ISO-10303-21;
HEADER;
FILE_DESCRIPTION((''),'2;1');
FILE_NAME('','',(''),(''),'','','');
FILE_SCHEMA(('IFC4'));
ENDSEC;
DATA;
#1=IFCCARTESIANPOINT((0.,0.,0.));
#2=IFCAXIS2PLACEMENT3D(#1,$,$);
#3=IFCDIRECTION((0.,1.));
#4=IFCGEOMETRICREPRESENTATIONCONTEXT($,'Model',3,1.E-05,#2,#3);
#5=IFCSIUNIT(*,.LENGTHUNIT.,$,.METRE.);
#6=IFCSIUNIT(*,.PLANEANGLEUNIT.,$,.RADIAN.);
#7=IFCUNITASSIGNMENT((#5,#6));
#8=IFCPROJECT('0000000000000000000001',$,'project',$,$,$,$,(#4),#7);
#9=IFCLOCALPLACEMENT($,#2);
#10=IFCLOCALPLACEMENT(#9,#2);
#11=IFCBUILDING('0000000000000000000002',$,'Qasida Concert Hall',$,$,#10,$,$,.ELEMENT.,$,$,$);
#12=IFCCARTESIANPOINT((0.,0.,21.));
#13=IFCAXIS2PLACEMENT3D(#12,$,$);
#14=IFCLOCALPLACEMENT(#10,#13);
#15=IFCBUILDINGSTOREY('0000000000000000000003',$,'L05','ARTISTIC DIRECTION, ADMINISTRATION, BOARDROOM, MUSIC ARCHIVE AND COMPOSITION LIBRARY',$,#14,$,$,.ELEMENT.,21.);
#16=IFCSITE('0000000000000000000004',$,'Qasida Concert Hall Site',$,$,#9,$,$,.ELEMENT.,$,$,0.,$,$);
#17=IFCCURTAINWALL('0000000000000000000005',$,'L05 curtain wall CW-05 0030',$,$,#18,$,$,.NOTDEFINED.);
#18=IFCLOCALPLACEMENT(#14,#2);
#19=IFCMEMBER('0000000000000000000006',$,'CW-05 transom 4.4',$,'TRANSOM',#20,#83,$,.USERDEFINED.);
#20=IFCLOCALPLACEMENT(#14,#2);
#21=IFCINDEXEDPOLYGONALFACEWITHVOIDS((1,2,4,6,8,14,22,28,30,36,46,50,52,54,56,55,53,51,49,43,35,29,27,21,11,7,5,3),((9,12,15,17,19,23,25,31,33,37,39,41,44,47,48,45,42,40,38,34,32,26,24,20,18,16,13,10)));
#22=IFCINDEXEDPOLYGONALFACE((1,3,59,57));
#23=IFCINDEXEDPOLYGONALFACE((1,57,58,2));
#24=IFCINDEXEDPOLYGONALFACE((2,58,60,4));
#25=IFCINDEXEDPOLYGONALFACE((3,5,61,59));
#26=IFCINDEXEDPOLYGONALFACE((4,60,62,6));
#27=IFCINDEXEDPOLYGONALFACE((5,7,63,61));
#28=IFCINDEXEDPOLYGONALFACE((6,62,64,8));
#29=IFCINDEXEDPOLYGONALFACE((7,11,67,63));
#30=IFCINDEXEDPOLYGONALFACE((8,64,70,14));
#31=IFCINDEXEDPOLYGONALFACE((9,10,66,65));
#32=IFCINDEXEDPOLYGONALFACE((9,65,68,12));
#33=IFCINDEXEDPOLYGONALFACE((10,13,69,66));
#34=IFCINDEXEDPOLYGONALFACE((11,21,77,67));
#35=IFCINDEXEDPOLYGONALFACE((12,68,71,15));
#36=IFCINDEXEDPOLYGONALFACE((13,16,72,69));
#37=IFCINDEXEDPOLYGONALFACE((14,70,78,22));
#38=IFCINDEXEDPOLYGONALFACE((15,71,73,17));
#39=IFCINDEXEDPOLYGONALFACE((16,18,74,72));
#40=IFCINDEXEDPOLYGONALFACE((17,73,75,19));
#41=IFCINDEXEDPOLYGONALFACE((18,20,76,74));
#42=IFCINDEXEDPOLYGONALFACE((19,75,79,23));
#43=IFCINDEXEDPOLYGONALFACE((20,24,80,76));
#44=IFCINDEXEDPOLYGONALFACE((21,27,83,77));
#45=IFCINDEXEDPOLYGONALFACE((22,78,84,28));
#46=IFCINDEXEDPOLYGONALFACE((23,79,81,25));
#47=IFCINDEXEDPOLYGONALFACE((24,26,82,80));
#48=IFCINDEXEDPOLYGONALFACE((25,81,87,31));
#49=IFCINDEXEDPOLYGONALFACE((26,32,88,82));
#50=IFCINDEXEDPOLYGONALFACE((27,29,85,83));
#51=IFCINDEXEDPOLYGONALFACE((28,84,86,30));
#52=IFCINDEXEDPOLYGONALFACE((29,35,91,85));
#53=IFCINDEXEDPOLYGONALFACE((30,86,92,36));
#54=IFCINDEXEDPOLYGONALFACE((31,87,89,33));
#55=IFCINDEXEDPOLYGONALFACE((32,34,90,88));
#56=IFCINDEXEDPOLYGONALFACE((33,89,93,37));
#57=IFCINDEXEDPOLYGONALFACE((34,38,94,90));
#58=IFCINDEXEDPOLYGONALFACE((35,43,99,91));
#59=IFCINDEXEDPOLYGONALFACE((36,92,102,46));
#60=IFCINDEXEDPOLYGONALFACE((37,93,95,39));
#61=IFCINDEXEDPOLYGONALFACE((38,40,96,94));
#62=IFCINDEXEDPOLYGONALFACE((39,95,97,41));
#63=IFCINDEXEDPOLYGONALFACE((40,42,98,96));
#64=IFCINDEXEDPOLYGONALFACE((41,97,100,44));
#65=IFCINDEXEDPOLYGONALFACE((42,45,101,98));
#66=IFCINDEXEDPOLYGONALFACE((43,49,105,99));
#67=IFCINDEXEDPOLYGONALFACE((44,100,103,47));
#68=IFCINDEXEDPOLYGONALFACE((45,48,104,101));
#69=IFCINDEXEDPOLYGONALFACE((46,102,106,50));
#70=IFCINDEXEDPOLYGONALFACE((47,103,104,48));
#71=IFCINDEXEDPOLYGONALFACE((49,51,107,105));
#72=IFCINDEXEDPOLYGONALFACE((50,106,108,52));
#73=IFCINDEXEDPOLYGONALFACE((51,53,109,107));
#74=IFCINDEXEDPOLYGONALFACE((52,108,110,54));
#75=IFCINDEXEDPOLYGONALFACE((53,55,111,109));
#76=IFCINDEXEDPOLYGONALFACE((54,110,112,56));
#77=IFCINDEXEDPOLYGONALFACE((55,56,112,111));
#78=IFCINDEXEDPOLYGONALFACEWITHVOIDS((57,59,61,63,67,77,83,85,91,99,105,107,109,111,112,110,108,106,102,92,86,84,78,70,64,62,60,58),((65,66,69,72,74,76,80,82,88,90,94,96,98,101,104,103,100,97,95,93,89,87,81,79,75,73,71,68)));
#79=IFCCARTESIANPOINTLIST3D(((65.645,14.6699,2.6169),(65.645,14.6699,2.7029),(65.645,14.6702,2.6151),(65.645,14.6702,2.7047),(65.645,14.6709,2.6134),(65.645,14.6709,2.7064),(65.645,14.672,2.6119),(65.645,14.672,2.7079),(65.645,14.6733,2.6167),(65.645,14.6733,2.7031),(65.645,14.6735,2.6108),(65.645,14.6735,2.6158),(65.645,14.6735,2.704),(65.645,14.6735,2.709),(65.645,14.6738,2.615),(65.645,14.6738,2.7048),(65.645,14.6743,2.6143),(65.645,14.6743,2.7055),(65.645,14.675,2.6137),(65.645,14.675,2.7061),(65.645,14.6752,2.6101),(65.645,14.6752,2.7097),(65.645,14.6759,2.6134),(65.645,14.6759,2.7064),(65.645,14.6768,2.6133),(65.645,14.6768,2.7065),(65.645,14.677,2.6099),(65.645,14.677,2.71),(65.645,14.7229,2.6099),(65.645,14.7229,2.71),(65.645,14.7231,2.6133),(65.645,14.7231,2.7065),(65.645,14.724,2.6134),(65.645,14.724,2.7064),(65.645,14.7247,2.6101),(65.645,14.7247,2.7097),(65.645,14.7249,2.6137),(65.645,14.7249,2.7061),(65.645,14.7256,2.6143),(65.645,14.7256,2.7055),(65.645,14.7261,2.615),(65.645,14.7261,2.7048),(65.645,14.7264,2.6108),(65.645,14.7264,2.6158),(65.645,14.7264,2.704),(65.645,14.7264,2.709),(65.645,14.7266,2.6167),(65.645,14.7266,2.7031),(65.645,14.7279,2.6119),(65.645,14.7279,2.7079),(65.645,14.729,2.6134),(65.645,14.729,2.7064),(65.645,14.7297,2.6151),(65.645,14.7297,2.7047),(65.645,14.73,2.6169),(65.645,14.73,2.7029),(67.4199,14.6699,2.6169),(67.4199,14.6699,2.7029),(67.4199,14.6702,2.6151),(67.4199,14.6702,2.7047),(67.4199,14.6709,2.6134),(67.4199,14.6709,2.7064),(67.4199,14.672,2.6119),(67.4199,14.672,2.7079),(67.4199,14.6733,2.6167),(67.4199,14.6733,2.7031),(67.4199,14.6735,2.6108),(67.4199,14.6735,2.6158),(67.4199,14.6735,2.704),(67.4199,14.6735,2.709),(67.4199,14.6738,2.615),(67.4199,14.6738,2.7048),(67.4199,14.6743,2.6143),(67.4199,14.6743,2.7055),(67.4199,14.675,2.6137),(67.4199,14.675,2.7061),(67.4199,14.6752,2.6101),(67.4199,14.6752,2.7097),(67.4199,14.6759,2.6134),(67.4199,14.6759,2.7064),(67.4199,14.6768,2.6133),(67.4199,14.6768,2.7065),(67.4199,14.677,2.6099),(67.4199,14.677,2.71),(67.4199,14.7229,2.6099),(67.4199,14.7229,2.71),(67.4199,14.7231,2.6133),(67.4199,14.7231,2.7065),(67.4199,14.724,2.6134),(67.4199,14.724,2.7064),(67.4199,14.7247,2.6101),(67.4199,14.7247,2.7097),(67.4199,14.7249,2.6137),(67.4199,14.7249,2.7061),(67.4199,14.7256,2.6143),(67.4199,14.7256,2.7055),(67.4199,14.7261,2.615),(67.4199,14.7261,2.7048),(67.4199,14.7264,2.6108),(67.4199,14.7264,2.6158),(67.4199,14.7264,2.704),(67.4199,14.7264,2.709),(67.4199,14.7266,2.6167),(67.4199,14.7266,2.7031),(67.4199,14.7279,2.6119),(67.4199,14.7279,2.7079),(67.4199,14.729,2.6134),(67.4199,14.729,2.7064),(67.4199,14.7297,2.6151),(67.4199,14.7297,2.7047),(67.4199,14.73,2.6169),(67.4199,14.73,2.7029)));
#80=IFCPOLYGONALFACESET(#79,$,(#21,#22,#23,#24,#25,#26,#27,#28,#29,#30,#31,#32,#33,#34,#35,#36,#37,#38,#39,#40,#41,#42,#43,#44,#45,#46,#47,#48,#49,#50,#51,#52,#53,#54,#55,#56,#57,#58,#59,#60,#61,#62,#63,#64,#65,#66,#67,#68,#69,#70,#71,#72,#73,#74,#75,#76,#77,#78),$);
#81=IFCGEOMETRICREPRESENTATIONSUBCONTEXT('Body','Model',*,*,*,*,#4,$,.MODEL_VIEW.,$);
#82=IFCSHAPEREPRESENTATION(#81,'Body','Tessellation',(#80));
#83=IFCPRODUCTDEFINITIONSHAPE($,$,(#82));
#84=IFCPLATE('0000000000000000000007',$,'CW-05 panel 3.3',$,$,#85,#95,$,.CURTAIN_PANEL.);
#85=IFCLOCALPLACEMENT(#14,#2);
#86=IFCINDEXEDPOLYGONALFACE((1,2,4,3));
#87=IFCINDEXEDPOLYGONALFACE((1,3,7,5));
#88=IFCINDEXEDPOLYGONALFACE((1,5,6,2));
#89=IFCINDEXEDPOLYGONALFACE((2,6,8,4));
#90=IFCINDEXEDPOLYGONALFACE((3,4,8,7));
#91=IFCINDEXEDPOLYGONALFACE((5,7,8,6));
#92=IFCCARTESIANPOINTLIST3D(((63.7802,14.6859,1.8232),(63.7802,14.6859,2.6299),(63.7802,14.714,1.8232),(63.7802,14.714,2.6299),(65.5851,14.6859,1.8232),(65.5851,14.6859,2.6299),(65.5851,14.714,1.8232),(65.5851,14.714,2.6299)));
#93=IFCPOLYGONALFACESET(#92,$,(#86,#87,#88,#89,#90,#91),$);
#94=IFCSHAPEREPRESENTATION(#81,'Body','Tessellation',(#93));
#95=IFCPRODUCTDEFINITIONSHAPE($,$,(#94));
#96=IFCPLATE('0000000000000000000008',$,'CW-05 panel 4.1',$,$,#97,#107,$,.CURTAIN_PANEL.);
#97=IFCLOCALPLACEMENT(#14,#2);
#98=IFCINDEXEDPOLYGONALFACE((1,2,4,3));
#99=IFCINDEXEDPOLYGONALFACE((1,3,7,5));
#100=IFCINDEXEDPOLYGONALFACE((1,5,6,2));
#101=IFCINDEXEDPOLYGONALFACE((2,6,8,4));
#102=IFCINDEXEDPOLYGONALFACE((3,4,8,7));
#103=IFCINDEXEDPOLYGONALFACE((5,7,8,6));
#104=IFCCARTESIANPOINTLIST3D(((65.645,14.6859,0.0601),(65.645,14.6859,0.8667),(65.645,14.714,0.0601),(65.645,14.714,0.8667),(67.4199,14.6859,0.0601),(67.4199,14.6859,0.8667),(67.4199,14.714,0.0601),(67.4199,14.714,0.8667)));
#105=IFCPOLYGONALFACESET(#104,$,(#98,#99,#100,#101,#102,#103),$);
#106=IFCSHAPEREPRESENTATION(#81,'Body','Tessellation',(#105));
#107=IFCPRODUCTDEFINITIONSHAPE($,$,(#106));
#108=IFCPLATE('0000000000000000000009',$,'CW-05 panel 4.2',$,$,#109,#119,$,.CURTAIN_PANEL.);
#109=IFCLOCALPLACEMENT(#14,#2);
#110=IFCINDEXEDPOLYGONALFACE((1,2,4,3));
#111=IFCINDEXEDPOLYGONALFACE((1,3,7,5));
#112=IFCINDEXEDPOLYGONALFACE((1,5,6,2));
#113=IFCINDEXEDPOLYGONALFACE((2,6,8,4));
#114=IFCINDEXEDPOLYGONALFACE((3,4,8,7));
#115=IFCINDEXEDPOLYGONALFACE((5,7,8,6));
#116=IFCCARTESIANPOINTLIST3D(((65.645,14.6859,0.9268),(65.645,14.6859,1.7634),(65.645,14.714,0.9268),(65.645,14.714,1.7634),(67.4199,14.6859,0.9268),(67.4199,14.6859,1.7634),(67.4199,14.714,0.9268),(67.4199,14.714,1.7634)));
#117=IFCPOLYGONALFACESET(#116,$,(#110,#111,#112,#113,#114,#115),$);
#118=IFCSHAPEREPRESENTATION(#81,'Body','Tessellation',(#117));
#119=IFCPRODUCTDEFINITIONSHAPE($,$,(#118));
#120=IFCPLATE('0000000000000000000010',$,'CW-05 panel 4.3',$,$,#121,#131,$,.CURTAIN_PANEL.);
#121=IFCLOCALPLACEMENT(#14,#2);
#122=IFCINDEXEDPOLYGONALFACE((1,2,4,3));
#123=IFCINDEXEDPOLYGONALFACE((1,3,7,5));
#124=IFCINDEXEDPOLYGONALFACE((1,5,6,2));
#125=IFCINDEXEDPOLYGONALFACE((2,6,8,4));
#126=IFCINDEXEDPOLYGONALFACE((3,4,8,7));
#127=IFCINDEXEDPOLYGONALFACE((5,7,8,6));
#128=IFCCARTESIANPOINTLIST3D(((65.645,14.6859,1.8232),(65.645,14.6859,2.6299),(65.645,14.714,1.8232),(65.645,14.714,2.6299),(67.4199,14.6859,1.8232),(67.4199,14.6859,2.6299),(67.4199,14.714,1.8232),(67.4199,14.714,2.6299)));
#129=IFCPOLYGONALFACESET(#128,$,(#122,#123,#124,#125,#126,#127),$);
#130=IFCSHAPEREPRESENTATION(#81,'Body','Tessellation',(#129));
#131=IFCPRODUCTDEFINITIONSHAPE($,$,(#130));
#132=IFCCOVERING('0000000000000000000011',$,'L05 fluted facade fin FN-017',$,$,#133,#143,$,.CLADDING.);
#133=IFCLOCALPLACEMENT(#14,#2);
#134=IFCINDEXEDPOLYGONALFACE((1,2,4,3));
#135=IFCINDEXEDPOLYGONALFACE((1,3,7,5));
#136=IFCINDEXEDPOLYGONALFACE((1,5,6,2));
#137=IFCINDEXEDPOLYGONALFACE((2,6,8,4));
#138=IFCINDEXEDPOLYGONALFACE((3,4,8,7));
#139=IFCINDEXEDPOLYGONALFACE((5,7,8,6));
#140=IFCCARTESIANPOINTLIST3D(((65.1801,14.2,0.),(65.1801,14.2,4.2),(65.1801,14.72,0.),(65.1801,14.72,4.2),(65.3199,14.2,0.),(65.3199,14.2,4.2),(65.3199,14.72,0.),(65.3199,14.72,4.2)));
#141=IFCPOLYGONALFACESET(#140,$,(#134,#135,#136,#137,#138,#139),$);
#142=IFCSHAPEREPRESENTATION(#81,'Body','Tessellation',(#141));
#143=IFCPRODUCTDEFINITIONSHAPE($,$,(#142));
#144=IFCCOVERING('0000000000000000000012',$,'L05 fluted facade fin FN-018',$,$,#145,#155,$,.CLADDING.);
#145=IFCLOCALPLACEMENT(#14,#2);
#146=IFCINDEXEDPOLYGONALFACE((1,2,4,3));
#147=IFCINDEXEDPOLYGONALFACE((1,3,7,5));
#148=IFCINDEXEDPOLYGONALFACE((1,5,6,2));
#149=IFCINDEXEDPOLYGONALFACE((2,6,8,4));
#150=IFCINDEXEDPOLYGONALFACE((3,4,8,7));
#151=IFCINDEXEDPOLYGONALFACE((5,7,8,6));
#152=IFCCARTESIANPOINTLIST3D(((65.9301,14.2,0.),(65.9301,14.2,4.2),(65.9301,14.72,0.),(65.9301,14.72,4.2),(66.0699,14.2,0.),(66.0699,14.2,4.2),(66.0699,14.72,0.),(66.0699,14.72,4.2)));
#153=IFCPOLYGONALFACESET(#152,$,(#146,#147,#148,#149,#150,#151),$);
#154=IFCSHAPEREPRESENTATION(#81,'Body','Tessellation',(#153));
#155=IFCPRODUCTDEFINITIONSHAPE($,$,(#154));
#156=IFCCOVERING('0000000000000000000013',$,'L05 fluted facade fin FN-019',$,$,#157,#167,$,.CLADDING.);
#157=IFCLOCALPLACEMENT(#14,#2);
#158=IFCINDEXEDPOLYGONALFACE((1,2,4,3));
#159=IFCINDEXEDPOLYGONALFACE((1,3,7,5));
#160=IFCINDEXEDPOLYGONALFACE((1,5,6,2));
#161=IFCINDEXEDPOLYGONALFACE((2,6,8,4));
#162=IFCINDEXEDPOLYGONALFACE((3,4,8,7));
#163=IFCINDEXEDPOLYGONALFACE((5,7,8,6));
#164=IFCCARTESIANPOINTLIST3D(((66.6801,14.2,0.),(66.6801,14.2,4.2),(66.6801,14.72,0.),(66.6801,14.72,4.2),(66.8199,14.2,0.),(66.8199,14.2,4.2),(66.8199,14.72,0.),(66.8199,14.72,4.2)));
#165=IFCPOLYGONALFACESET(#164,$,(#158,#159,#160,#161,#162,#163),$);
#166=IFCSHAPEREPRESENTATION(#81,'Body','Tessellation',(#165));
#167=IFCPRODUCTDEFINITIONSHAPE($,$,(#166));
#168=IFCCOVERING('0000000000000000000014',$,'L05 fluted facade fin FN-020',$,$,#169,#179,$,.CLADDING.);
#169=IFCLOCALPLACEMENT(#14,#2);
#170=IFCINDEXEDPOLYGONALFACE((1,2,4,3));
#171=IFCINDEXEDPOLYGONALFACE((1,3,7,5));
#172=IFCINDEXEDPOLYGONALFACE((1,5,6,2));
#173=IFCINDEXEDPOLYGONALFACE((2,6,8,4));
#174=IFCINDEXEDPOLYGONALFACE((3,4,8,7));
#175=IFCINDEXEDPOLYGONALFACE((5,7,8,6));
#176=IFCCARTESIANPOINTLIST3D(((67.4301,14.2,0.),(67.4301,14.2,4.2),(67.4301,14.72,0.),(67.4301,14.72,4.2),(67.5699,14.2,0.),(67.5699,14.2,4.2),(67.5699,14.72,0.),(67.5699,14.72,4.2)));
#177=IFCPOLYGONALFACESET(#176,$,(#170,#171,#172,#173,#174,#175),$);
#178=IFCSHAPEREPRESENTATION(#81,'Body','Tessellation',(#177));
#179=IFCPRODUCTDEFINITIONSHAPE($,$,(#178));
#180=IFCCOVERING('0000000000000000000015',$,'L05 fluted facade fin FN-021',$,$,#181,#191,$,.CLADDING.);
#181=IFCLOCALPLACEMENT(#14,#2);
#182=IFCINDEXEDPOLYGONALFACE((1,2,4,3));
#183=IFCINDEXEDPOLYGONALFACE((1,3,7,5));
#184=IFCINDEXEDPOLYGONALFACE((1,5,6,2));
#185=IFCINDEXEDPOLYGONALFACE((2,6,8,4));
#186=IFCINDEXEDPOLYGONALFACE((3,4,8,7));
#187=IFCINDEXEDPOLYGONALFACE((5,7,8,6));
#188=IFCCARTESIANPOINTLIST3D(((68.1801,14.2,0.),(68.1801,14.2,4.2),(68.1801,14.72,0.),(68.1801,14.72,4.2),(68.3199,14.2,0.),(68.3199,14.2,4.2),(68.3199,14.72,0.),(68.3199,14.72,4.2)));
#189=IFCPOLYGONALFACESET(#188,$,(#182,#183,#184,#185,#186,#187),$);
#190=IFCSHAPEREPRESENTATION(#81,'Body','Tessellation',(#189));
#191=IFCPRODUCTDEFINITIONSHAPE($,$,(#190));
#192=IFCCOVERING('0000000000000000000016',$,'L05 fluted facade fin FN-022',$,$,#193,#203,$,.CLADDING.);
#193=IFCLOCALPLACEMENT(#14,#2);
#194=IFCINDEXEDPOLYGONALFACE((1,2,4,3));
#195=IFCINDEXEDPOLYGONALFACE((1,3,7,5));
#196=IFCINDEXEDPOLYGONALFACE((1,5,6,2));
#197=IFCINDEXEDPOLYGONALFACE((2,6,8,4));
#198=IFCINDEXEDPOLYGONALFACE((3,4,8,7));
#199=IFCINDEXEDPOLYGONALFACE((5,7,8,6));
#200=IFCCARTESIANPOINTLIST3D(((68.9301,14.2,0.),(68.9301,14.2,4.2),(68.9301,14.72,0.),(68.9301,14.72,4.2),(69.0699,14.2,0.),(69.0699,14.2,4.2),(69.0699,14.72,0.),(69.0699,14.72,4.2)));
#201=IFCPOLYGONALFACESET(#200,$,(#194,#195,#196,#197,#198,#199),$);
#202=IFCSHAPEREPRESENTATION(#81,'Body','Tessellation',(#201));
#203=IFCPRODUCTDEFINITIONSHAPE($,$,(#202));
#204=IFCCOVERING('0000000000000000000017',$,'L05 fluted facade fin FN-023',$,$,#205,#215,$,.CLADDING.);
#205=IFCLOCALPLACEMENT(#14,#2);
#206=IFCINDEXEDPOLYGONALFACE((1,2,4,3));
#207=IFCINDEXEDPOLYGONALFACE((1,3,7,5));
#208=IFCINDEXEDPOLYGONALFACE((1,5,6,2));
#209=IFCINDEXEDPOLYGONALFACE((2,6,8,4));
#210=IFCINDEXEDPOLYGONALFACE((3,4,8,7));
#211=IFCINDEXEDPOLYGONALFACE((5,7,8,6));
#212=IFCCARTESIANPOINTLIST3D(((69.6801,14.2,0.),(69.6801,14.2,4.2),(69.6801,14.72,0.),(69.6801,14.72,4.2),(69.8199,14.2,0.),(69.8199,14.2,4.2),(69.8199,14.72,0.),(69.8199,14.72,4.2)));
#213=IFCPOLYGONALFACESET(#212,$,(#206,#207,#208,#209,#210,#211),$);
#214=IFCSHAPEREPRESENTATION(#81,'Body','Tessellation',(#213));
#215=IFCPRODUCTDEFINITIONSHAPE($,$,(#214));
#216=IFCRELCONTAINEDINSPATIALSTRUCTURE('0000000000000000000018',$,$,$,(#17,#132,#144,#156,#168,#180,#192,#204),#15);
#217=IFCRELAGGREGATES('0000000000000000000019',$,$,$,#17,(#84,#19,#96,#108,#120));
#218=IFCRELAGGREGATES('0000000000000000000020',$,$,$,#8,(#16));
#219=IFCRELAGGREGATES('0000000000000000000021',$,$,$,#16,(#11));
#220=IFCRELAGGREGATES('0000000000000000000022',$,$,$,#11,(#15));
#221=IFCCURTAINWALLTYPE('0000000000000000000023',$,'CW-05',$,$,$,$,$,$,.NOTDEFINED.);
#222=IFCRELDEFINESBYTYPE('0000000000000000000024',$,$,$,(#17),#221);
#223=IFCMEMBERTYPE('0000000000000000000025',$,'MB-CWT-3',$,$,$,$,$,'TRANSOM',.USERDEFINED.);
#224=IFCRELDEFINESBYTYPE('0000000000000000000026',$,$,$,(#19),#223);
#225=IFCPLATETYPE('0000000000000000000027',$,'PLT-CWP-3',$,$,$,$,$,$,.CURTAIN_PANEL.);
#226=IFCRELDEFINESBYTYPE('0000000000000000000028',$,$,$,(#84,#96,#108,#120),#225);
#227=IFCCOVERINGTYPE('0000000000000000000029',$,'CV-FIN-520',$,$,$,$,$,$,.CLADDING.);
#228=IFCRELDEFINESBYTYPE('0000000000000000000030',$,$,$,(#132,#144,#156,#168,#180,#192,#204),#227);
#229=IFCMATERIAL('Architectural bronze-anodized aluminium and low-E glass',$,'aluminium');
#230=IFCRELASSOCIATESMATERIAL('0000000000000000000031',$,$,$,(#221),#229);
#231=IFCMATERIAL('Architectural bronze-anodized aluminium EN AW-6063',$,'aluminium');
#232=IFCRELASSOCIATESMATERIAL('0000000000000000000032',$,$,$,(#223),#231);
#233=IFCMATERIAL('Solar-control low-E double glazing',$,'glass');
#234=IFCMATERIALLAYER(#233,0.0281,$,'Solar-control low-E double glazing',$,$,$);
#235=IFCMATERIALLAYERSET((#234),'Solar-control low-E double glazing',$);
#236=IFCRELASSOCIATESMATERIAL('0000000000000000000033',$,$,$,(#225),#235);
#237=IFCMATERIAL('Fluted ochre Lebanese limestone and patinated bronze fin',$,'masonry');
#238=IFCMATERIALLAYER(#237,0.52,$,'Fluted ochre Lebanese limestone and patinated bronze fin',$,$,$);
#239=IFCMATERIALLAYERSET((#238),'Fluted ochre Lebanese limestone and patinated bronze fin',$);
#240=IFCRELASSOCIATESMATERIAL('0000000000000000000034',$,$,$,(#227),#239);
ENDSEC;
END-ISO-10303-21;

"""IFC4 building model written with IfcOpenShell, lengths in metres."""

from ifc_helpers import new_model, si_unit, direction, frame, origin, origin_2d, place, context, subcontext, project, spatial, rectangle, hollow_rectangle, extrude, material, layer, layer_set, material_profile, profile_set, type_object, element, aggregate, save


model = new_model("IFC4")

# Units and contexts
model_context = context("Model", 3, precision=1e-05, world=origin(), true_north=direction((0.0, 1.0)))
body_context = subcontext(model_context, "Body", "Model", "MODEL_VIEW")
ifc_project = project(units=[si_unit("LENGTHUNIT", "METRE"), si_unit("PLANEANGLEUNIT", "RADIAN")], contexts=[model_context])

# Site, building, storey
site_placement = place(None, origin())
site = spatial("IfcSite", under=ifc_project, at=site_placement, Name="Qasida Concert Hall Site", CompositionType="ELEMENT", RefElevation=0.0)
building_placement = place(site_placement, origin())
building = spatial("IfcBuilding", under=site, at=building_placement, Name="Qasida Concert Hall", CompositionType="ELEMENT")
storey_placement = place(building_placement, frame((0.0, 0.0, 21.0)))
storey = spatial("IfcBuildingStorey", under=building, at=storey_placement, Name="L05", Description="ARTISTIC DIRECTION, ADMINISTRATION, BOARDROOM, MUSIC ARCHIVE AND COMPOSITION LIBRARY", CompositionType="ELEMENT", Elevation=21.0)

# Curtain wall
ifc_material_1 = material(Name="Architectural bronze-anodized aluminium and low-E glass", Category="aluminium")
curtain_wall_type = type_object("IfcCurtainWallType", Name="CW-05", PredefinedType="NOTDEFINED", material=ifc_material_1)
curtain_wall_1_placement = place(storey_placement, origin())
curtain_wall_1 = element("IfcCurtainWall", 1, at=curtain_wall_1_placement, inside=storey, type_object=curtain_wall_type, Name="L05 curtain wall CW-05 0030", PredefinedType="NOTDEFINED")
ifc_material_2 = material(Name="Architectural bronze-anodized aluminium EN AW-6063", Category="aluminium")

# Member
ifc_material_profile_1 = material_profile(ifc_material_2, hollow_rectangle(XDim=0.0601, YDim=0.1001, WallThickness=0.0034, InnerFilletRadius=0.0034, OuterFilletRadius=0.0071, at=origin_2d()), Name="CWT 100x60x3.5")
ifc_profile_set_1 = profile_set([ifc_material_profile_1], Name="Architectural bronze-anodized aluminium EN AW-6063")
member_type_1 = type_object("IfcMemberType", Name="MB-CWT-3", ElementType="TRANSOM", PredefinedType="USERDEFINED", material=ifc_profile_set_1)
member_1_placement = place(storey_placement, frame((65.645, 14.7, 2.6599), z_axis=(1.0, 0.0, 0.0), x_axis=(0.0, 1.0, 0.0)))
member_1 = element("IfcMember", 2, at=member_1_placement, type_object=member_type_1, Name="CW-05 transom 4.4", ObjectType="TRANSOM", PredefinedType="USERDEFINED", context=body_context, shape_type="SweptSolid", body=[
    extrude(hollow_rectangle(XDim=0.0601, YDim=0.1001, WallThickness=0.0034, InnerFilletRadius=0.0034, OuterFilletRadius=0.0071, at=origin_2d()), origin(), (0.0, 0.0, 1.0), 1.7749),
])

# Plates
ifc_material_3 = material(Name="Solar-control low-E double glazing", Category="glass")
ifc_layer_1 = layer(ifc_material_3, 0.0281, Name="Solar-control low-E double glazing")
ifc_layer_set_1 = layer_set([ifc_layer_1], Name="Solar-control low-E double glazing")
plate_type = type_object("IfcPlateType", Name="PLT-CWP-3", PredefinedType="CURTAIN_PANEL", material=ifc_layer_set_1)
plate_1_placement = place(storey_placement, frame((64.6826, 14.7, 1.8232), z_axis=(0.0, 0.0, 1.0), x_axis=(1.0, 0.0, 0.0)))
plate_1 = element("IfcPlate", 3, at=plate_1_placement, type_object=plate_type, Name="CW-05 panel 3.3", PredefinedType="CURTAIN_PANEL", context=body_context, shape_type="SweptSolid", body=[
    extrude(rectangle(XDim=1.8049, YDim=0.0281, at=origin_2d()), origin(), (0.0, 0.0, 1.0), 0.8066),
])
plate_2_placement = place(storey_placement, frame((66.5325, 14.7, 0.0601), z_axis=(0.0, 0.0, 1.0), x_axis=(1.0, 0.0, 0.0)))
plate_2 = element("IfcPlate", 4, at=plate_2_placement, type_object=plate_type, Name="CW-05 panel 4.1", PredefinedType="CURTAIN_PANEL", context=body_context, shape_type="SweptSolid", body=[
    extrude(rectangle(XDim=1.7749, YDim=0.0281, at=origin_2d()), origin(), (0.0, 0.0, 1.0), 0.8066),
])
plate_3_placement = place(storey_placement, frame((66.5325, 14.7, 0.9268), z_axis=(0.0, 0.0, 1.0), x_axis=(1.0, 0.0, 0.0)))
plate_3 = element("IfcPlate", 5, at=plate_3_placement, type_object=plate_type, Name="CW-05 panel 4.2", PredefinedType="CURTAIN_PANEL", context=body_context, shape_type="SweptSolid", body=[
    extrude(rectangle(XDim=1.7749, YDim=0.0281, at=origin_2d()), origin(), (0.0, 0.0, 1.0), 0.8367),
])
plate_4_placement = place(storey_placement, frame((66.5325, 14.7, 1.8232), z_axis=(0.0, 0.0, 1.0), x_axis=(1.0, 0.0, 0.0)))
plate_4 = element("IfcPlate", 6, at=plate_4_placement, type_object=plate_type, Name="CW-05 panel 4.3", PredefinedType="CURTAIN_PANEL", context=body_context, shape_type="SweptSolid", body=[
    extrude(rectangle(XDim=1.7749, YDim=0.0281, at=origin_2d()), origin(), (0.0, 0.0, 1.0), 0.8066),
])
aggregate(curtain_wall_1, [plate_1, member_1, plate_2, plate_3, plate_4])

# Coverings
ifc_material_4 = material(Name="Fluted ochre Lebanese limestone and patinated bronze fin", Category="masonry")
ifc_layer_2 = layer(ifc_material_4, 0.52, Name="Fluted ochre Lebanese limestone and patinated bronze fin")
ifc_layer_set_2 = layer_set([ifc_layer_2], Name="Fluted ochre Lebanese limestone and patinated bronze fin")
covering_type = type_object("IfcCoveringType", Name="CV-FIN-520", PredefinedType="CLADDING", material=ifc_layer_set_2)
for number, where, z_axis, x_axis, name in (
    (7, (65.25, 14.46, 0.0), (0.0, 0.0, 1.0), (1.0, 0.0, 0.0), "L05 fluted facade fin FN-017"),
    (8, (66.0, 14.46, 0.0), (0.0, 0.0, 1.0), (1.0, 0.0, 0.0), "L05 fluted facade fin FN-018"),
    (9, (66.75, 14.46, 0.0), (0.0, 0.0, 1.0), (1.0, 0.0, 0.0), "L05 fluted facade fin FN-019"),
    (10, (67.5, 14.46, 0.0), (0.0, 0.0, 1.0), (1.0, 0.0, 0.0), "L05 fluted facade fin FN-020"),
    (11, (68.25, 14.46, 0.0), (0.0, 0.0, 1.0), (1.0, 0.0, 0.0), "L05 fluted facade fin FN-021"),
    (12, (69.0, 14.46, 0.0), (0.0, 0.0, 1.0), (1.0, 0.0, 0.0), "L05 fluted facade fin FN-022"),
    (13, (69.75, 14.46, 0.0), (0.0, 0.0, 1.0), (1.0, 0.0, 0.0), "L05 fluted facade fin FN-023"),
):
    element("IfcCovering", number, at=place(storey_placement, frame(where, z_axis=z_axis, x_axis=x_axis)), inside=storey, type_object=covering_type, Name=name, PredefinedType="CLADDING", context=body_context, shape_type="SweptSolid", body=[
        extrude(rectangle(XDim=0.1399, YDim=0.52, at=origin_2d()), origin(), (0.0, 0.0, 1.0), 4.2),
    ])

save(model, "model.ifc")
